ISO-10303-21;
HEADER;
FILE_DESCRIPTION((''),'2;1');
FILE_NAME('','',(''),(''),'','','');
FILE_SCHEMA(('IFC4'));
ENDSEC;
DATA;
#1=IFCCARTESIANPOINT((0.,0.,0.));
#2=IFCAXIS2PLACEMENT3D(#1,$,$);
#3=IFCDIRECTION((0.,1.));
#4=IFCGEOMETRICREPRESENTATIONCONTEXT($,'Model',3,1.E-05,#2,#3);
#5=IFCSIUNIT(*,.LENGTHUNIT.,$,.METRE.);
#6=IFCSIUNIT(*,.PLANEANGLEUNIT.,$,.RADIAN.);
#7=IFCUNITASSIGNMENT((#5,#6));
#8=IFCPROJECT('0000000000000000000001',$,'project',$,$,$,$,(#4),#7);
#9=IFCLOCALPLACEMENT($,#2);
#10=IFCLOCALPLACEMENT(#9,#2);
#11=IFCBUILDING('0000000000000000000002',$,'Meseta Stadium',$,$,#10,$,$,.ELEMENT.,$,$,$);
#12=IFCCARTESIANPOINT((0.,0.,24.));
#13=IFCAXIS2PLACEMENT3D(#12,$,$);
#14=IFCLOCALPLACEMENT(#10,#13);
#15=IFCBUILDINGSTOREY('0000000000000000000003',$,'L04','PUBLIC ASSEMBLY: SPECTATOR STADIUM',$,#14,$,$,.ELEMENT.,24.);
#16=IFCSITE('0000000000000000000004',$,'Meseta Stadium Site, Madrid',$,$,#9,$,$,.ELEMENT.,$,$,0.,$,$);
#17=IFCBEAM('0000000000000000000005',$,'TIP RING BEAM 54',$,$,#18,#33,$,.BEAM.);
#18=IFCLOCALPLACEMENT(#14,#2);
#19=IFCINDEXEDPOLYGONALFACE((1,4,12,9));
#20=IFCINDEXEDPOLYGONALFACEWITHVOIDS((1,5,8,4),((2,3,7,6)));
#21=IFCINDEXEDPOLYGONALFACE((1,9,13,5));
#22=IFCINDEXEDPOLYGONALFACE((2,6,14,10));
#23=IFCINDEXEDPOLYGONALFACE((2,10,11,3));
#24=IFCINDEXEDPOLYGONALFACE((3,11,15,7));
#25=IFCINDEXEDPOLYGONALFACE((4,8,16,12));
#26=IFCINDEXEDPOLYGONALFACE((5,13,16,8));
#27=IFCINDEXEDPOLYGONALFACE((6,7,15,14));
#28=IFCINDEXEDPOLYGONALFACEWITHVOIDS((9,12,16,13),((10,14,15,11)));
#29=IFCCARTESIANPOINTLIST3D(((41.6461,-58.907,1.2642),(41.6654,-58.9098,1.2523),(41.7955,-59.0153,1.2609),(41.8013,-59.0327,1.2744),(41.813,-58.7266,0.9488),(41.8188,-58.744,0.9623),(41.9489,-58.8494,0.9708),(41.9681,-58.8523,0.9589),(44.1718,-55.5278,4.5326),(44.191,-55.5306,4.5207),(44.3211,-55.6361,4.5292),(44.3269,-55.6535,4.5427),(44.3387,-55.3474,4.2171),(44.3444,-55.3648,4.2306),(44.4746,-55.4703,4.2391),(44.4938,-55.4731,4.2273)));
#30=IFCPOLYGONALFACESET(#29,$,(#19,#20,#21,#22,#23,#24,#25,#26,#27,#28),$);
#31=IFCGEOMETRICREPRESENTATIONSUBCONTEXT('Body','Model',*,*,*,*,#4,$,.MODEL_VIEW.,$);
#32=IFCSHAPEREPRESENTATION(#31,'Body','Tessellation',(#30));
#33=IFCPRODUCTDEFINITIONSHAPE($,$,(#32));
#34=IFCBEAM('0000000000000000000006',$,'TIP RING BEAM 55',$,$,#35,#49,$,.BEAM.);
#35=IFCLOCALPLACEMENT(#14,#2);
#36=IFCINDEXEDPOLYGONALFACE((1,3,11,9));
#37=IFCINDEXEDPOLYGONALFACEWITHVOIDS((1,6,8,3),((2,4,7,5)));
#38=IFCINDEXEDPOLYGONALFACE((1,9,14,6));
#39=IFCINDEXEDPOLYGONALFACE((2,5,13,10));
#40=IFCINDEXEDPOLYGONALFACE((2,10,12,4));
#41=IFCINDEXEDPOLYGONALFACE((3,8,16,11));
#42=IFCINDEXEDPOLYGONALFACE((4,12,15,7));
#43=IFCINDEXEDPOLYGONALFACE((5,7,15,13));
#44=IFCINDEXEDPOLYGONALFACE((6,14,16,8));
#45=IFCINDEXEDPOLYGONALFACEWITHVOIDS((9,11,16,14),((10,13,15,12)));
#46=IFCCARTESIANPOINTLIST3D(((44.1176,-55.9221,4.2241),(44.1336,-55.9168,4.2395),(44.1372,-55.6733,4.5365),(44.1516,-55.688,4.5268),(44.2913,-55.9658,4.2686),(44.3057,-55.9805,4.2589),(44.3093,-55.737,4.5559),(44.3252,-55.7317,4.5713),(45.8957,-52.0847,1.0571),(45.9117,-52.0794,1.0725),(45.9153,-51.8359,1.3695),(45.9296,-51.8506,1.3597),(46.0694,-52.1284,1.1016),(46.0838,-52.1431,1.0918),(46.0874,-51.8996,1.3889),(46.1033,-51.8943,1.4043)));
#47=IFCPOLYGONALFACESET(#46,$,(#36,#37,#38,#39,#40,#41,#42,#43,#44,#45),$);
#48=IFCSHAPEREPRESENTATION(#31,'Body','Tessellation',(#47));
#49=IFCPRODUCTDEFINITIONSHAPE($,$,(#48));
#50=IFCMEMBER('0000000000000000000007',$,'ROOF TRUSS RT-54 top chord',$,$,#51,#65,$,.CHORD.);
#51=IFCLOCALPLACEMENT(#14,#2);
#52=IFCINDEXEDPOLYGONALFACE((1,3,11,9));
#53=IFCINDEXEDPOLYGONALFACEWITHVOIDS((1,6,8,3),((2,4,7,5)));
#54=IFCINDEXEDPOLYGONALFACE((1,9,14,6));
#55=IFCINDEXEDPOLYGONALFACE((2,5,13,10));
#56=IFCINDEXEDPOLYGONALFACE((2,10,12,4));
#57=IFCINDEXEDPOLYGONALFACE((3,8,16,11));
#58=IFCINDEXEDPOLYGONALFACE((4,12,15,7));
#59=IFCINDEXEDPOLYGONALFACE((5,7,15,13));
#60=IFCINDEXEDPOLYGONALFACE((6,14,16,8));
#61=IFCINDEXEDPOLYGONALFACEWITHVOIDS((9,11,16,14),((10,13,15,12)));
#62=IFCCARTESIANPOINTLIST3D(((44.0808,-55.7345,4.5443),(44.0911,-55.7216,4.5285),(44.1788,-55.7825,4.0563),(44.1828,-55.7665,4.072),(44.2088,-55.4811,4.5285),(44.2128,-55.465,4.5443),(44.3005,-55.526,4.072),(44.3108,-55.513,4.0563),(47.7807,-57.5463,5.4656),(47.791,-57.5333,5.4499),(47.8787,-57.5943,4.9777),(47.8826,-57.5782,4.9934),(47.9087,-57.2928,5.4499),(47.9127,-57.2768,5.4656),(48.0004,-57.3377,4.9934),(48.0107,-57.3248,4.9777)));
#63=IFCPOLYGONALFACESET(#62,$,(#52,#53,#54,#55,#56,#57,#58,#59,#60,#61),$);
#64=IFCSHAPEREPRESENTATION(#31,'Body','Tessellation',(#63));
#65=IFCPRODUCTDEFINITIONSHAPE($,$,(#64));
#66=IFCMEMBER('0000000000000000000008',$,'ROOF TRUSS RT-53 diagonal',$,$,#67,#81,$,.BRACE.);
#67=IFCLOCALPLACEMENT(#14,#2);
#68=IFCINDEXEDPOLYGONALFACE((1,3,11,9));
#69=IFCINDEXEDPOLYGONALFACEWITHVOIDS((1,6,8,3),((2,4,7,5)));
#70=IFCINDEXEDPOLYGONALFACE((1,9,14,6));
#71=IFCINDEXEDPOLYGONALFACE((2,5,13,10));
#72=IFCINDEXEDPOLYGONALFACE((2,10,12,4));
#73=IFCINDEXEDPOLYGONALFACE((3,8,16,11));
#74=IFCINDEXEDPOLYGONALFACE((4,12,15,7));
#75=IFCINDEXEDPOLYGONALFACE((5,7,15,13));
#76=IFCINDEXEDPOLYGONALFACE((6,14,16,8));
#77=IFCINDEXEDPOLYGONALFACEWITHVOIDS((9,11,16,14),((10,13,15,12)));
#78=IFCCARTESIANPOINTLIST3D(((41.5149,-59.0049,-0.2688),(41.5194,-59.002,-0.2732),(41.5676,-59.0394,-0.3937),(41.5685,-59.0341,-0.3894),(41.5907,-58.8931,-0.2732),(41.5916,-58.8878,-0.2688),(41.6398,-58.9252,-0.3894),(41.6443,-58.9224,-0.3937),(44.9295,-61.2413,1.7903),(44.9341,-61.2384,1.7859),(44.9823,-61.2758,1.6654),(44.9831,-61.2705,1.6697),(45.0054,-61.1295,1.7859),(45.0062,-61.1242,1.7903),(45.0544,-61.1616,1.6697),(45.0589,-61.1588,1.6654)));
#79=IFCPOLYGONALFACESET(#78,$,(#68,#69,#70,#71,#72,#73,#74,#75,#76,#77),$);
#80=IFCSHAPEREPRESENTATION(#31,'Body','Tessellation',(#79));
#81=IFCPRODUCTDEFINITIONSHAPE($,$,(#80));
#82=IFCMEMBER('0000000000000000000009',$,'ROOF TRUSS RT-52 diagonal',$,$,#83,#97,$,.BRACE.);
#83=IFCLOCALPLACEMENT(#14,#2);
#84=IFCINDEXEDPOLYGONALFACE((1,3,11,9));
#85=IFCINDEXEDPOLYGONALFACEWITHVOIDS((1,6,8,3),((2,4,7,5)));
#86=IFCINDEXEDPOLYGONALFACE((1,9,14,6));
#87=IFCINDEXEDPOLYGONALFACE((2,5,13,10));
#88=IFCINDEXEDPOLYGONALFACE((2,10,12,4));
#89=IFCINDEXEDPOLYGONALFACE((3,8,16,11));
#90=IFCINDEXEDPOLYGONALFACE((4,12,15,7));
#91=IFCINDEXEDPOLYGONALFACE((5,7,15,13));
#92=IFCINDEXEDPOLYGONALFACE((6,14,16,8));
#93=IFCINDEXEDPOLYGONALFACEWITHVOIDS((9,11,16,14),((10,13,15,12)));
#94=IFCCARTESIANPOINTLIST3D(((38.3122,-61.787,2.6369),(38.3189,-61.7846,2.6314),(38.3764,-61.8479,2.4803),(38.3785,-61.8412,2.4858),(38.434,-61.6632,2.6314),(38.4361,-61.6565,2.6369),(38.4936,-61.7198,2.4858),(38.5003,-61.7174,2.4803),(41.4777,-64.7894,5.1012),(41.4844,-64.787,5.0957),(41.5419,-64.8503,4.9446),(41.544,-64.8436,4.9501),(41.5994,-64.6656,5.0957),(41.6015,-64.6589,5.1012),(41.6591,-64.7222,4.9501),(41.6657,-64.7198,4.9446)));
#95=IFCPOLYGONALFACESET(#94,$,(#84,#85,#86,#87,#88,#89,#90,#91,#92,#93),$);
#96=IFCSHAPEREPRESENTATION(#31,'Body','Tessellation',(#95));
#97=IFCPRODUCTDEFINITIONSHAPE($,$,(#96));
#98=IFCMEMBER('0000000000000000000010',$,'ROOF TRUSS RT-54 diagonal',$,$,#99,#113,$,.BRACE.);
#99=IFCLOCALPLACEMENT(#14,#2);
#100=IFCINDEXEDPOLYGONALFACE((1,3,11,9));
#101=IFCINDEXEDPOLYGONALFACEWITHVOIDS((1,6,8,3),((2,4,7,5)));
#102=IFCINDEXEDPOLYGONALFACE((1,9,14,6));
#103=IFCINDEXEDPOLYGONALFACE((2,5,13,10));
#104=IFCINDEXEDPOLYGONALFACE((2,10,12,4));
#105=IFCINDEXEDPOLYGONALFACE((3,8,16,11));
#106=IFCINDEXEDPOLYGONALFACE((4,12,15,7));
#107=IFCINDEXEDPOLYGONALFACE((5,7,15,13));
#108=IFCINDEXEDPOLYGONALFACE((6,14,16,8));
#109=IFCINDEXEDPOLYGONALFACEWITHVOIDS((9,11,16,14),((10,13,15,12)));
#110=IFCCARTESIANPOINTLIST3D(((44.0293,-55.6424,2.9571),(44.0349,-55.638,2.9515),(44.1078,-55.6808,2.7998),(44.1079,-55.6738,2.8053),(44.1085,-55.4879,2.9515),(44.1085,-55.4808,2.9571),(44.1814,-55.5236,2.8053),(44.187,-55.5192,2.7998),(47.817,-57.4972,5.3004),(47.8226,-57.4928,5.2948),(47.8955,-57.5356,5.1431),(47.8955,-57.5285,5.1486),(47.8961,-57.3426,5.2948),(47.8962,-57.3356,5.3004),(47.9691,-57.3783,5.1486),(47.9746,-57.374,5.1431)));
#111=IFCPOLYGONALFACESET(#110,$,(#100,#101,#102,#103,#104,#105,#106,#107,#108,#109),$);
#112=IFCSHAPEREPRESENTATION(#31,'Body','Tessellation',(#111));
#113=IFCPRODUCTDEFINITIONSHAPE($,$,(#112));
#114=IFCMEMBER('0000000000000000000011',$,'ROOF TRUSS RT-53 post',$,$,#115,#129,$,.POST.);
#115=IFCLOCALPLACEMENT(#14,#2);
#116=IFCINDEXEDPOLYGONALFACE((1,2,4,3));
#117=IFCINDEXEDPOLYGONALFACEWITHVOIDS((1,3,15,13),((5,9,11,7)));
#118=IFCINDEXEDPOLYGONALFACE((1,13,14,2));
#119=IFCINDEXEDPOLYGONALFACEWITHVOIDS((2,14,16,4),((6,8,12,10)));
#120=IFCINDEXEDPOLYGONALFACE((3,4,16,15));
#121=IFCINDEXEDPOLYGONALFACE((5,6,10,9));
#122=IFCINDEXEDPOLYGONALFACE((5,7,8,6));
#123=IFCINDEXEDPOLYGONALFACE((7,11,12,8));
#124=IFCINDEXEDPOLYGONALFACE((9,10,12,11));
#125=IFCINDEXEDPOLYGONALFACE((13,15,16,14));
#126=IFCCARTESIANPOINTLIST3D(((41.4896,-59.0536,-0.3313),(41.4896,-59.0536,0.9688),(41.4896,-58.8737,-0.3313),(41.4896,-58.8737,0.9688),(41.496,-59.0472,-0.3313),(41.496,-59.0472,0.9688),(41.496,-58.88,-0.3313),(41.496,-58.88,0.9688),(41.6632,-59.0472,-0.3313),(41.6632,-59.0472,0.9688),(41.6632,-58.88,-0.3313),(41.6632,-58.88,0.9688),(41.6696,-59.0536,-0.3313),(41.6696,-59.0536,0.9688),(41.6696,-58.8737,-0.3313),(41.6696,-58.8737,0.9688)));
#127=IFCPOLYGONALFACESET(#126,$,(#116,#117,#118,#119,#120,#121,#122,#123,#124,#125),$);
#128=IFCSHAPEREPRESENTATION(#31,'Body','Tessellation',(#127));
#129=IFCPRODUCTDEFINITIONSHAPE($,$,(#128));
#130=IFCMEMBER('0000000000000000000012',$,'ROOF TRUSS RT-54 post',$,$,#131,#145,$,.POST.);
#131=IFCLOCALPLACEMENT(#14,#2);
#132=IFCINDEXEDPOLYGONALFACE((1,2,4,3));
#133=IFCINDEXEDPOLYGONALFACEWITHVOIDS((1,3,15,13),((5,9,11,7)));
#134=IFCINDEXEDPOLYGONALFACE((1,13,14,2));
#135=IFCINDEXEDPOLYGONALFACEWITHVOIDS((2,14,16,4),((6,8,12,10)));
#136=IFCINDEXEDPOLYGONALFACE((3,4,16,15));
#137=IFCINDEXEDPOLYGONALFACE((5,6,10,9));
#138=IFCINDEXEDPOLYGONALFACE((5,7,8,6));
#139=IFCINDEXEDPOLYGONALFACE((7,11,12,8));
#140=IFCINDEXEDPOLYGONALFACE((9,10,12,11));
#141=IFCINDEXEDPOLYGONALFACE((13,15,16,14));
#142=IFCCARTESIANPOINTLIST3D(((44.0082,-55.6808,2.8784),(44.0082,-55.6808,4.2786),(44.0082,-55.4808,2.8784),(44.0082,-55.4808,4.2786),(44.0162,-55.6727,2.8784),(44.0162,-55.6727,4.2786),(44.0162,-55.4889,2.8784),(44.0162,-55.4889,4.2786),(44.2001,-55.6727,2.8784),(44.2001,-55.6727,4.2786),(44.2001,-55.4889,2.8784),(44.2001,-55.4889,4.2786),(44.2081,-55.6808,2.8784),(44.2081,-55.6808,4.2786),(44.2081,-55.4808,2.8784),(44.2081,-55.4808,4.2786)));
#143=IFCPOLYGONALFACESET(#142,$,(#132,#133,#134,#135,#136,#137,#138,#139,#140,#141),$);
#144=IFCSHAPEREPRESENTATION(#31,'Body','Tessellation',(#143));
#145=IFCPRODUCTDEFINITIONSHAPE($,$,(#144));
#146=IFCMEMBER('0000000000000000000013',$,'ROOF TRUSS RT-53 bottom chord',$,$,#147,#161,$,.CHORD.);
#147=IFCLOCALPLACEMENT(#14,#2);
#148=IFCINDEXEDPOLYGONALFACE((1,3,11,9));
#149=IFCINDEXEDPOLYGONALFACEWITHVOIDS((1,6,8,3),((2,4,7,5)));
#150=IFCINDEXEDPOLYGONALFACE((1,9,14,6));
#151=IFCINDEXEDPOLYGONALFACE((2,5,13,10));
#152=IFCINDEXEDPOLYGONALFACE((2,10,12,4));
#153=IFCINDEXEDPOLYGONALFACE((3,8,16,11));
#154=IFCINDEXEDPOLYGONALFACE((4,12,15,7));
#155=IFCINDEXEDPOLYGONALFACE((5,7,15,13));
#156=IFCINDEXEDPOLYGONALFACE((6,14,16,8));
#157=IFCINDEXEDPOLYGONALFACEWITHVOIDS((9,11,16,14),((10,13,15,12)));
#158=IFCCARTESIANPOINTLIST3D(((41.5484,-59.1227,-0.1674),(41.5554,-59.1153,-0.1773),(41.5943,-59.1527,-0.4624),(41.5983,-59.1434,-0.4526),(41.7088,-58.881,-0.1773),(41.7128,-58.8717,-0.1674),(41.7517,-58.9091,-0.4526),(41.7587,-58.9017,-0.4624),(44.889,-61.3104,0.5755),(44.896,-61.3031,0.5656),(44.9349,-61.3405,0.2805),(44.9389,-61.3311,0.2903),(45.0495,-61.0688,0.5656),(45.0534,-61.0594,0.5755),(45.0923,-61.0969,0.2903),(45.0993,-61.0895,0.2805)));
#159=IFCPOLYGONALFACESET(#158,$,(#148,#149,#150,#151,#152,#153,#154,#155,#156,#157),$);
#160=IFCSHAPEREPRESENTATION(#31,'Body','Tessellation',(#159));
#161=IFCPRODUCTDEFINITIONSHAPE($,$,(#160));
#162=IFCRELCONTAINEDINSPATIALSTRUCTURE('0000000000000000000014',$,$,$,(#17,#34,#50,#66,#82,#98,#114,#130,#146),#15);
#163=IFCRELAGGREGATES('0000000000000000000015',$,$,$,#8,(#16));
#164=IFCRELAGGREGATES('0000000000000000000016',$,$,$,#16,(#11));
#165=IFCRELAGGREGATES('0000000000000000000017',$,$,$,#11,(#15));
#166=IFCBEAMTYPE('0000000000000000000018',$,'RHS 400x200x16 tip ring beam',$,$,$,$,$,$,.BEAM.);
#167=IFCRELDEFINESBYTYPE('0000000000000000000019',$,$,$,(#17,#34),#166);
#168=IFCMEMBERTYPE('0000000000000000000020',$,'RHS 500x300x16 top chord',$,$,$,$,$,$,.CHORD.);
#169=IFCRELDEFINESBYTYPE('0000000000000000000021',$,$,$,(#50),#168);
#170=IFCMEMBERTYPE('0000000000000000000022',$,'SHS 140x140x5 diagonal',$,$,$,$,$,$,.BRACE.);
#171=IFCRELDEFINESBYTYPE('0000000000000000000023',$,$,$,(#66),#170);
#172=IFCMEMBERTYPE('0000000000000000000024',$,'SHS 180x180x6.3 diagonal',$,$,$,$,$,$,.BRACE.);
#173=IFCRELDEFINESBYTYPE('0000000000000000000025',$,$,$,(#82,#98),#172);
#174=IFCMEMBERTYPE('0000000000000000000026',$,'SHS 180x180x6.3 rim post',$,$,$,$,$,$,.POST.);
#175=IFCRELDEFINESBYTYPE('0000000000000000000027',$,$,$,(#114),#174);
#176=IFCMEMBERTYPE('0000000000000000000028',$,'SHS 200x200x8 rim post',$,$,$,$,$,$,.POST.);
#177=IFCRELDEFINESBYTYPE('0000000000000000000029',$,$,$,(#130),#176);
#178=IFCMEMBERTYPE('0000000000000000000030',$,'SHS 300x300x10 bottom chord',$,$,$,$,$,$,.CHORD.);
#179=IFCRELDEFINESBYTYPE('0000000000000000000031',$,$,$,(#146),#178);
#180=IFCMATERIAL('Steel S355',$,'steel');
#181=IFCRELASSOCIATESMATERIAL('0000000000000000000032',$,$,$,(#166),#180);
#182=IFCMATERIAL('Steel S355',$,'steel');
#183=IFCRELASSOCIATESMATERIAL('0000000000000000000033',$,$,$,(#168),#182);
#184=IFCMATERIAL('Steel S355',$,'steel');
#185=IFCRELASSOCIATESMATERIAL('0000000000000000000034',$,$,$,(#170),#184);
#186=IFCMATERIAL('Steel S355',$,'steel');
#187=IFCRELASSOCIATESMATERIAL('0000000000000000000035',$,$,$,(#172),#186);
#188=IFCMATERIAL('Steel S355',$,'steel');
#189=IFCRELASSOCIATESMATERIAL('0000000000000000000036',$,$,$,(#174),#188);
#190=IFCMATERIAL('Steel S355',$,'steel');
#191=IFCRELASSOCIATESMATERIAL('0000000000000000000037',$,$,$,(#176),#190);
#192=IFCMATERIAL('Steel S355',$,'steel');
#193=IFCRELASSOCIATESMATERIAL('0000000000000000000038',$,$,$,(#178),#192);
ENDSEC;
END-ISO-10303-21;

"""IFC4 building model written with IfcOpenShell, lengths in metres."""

from ifc_helpers import new_model, si_unit, direction, frame, origin, origin_2d, place, context, subcontext, project, spatial, hollow_rectangle, extrude, material, material_profile, profile_set, type_object, element, save


model = new_model("IFC4")

# Units and contexts
model_context = context("Model", 3, precision=1e-05, world=origin(), true_north=direction((0.0, 1.0)))
body_context = subcontext(model_context, "Body", "Model", "MODEL_VIEW")
ifc_project = project(units=[si_unit("LENGTHUNIT", "METRE"), si_unit("PLANEANGLEUNIT", "RADIAN")], contexts=[model_context])

# Site, building, storey
site_placement = place(None, origin())
site = spatial("IfcSite", under=ifc_project, at=site_placement, Name="Meseta Stadium Site, Madrid", CompositionType="ELEMENT", RefElevation=0.0)
building_placement = place(site_placement, origin())
building = spatial("IfcBuilding", under=site, at=building_placement, Name="Meseta Stadium", CompositionType="ELEMENT")
storey_placement = place(building_placement, frame((0.0, 0.0, 24.0)))
storey = spatial("IfcBuildingStorey", under=building, at=storey_placement, Name="L04", Description="PUBLIC ASSEMBLY: SPECTATOR STADIUM", CompositionType="ELEMENT", Elevation=24.0)

# Beams
ifc_material_1 = material(Name="Steel S355", Category="steel")
ifc_material_profile_1 = material_profile(ifc_material_1, hollow_rectangle(XDim=0.2, YDim=0.3999, WallThickness=0.0161, at=origin_2d()), Name="RHS 400x200x16")
ifc_profile_set_1 = profile_set([ifc_material_profile_1], Name="Steel S355")
beam_type = type_object("IfcBeamType", Name="RHS 400x200x16 tip ring beam", PredefinedType="BEAM", material=ifc_profile_set_1)
beam_1_placement = place(storey_placement, frame((41.8071, -58.8796, 1.1116), z_axis=(0.473266, 0.633202, 0.612433), x_axis=(-0.775816, 0.628918, -0.050723)))
element("IfcBeam", 1, at=beam_1_placement, inside=storey, type_object=beam_type, Name="TIP RING BEAM 54", PredefinedType="BEAM", context=body_context, shape_type="SweptSolid", body=[
    extrude(hollow_rectangle(XDim=0.2, YDim=0.3999, WallThickness=0.0161, at=origin_2d()), origin(), (0.0, 0.0, 1.0), 5.3367),
])
beam_2_placement = place(storey_placement, frame((44.2214, -55.8269, 4.3977), z_axis=(0.336524, 0.726277, -0.599394), x_axis=(-0.940406, 0.292227, -0.173894)))
element("IfcBeam", 2, at=beam_2_placement, inside=storey, type_object=beam_type, Name="TIP RING BEAM 55", PredefinedType="BEAM", context=body_context, shape_type="SweptSolid", body=[
    extrude(hollow_rectangle(XDim=0.2, YDim=0.3999, WallThickness=0.0161, at=origin_2d()), origin(), (0.0, 0.0, 1.0), 5.2837),
])

# Members
ifc_material_2 = material(Name="Steel S355", Category="steel")
ifc_material_profile_2 = material_profile(ifc_material_2, hollow_rectangle(XDim=0.3, YDim=0.5, WallThickness=0.0161, at=origin_2d()), Name="RHS 500x300x16")
ifc_profile_set_2 = profile_set([ifc_material_profile_2], Name="Steel S355")
member_type_1 = type_object("IfcMemberType", Name="RHS 500x300x16 top chord", PredefinedType="CHORD", material=ifc_profile_set_2)
member_1_placement = place(storey_placement, frame((44.1958, -55.6238, 4.3003), z_axis=(0.876453, -0.429176, 0.21826), x_axis=(0.439779, 0.898106, 0.0)))
element("IfcMember", 3, at=member_1_placement, inside=storey, type_object=member_type_1, Name="ROOF TRUSS RT-54 top chord", PredefinedType="CHORD", context=body_context, shape_type="SweptSolid", body=[
    extrude(hollow_rectangle(XDim=0.3, YDim=0.5, WallThickness=0.0161, at=origin_2d()), origin(), (0.0, 0.0, 1.0), 4.2214),
])
ifc_material_3 = material(Name="Steel S355", Category="steel")
ifc_material_profile_3 = material_profile(ifc_material_3, hollow_rectangle(XDim=0.1399, YDim=0.1399, WallThickness=0.0049, at=origin_2d()), Name="SHS 140x140x5")
ifc_profile_set_3 = profile_set([ifc_material_profile_3], Name="Steel S355")
member_type_2 = type_object("IfcMemberType", Name="SHS 140x140x5 diagonal", PredefinedType="BRACE", material=ifc_profile_set_3)
member_2_placement = place(storey_placement, frame((41.5796, -58.9636, -0.3313), z_axis=(0.746894, -0.489171, 0.450401), x_axis=(0.547891, 0.83655, 0.0)))
element("IfcMember", 4, at=member_2_placement, inside=storey, type_object=member_type_2, Name="ROOF TRUSS RT-53 diagonal", PredefinedType="BRACE", context=body_context, shape_type="SweptSolid", body=[
    extrude(hollow_rectangle(XDim=0.1399, YDim=0.1399, WallThickness=0.0049, at=origin_2d()), origin(), (0.0, 0.0, 1.0), 4.5718),
])
ifc_material_4 = material(Name="Steel S355", Category="steel")
ifc_material_profile_4 = material_profile(ifc_material_4, hollow_rectangle(XDim=0.1799, YDim=0.1799, WallThickness=0.0063, at=origin_2d()), Name="SHS 180x180x6.3")
ifc_profile_set_4 = profile_set([ifc_material_profile_4], Name="Steel S355")
member_type_3 = type_object("IfcMemberType", Name="SHS 180x180x6.3 diagonal", PredefinedType="BRACE", material=ifc_profile_set_4)
member_3_placement = place(storey_placement, frame((38.4062, -61.7522, 2.5586), z_axis=(0.631739, -0.599192, 0.491807), x_axis=(0.68817, 0.72555, 0.0)))
element("IfcMember", 5, at=member_3_placement, inside=storey, type_object=member_type_3, Name="ROOF TRUSS RT-52 diagonal", PredefinedType="BRACE", context=body_context, shape_type="SweptSolid", body=[
    extrude(hollow_rectangle(XDim=0.1799, YDim=0.1799, WallThickness=0.0063, at=origin_2d()), origin(), (0.0, 0.0, 1.0), 5.0107),
])
member_4_placement = place(storey_placement, frame((44.1082, -55.5808, 2.8784), z_axis=(0.785059, -0.384433, 0.48569), x_axis=(0.439788, 0.898101, 0.0)))
element("IfcMember", 6, at=member_4_placement, inside=storey, type_object=member_type_3, Name="ROOF TRUSS RT-54 diagonal", PredefinedType="BRACE", context=body_context, shape_type="SweptSolid", body=[
    extrude(hollow_rectangle(XDim=0.1799, YDim=0.1799, WallThickness=0.0063, at=origin_2d()), origin(), (0.0, 0.0, 1.0), 4.8247),
])
ifc_material_5 = material(Name="Steel S355", Category="steel")
ifc_material_profile_5 = material_profile(ifc_material_5, hollow_rectangle(XDim=0.1799, YDim=0.1799, WallThickness=0.0063, at=origin_2d()), Name="SHS 180x180x6.3")
ifc_profile_set_5 = profile_set([ifc_material_profile_5], Name="Steel S355")
member_type_4 = type_object("IfcMemberType", Name="SHS 180x180x6.3 rim post", PredefinedType="POST", material=ifc_profile_set_5)
member_5_placement = place(storey_placement, frame((41.5796, -58.9636, -0.3313), z_axis=(0.0, 0.0, 1.0), x_axis=(1.0, 0.0, 0.0)))
element("IfcMember", 7, at=member_5_placement, inside=storey, type_object=member_type_4, Name="ROOF TRUSS RT-53 post", PredefinedType="POST", context=body_context, shape_type="SweptSolid", body=[
    extrude(hollow_rectangle(XDim=0.1799, YDim=0.1799, WallThickness=0.0063, at=origin_2d()), origin(), (0.0, 0.0, 1.0), 1.3),
])
ifc_material_6 = material(Name="Steel S355", Category="steel")
ifc_material_profile_6 = material_profile(ifc_material_6, hollow_rectangle(XDim=0.2, YDim=0.2, WallThickness=0.0081, at=origin_2d()), Name="SHS 200x200x8")
ifc_profile_set_6 = profile_set([ifc_material_profile_6], Name="Steel S355")
member_type_5 = type_object("IfcMemberType", Name="SHS 200x200x8 rim post", PredefinedType="POST", material=ifc_profile_set_6)
member_6_placement = place(storey_placement, frame((44.1082, -55.5808, 2.8784), z_axis=(0.0, 0.0, 1.0), x_axis=(1.0, 0.0, 0.0)))
element("IfcMember", 8, at=member_6_placement, inside=storey, type_object=member_type_5, Name="ROOF TRUSS RT-54 post", PredefinedType="POST", context=body_context, shape_type="SweptSolid", body=[
    extrude(hollow_rectangle(XDim=0.2, YDim=0.2, WallThickness=0.0081, at=origin_2d()), origin(), (0.0, 0.0, 1.0), 1.4001),
])
ifc_material_7 = material(Name="Steel S355", Category="steel")
ifc_material_profile_7 = material_profile(ifc_material_7, hollow_rectangle(XDim=0.3, YDim=0.3, WallThickness=0.01, at=origin_2d()), Name="SHS 300x300x10")
ifc_profile_set_7 = profile_set([ifc_material_profile_7], Name="Steel S355")
member_type_6 = type_object("IfcMemberType", Name="SHS 300x300x10 bottom chord", PredefinedType="CHORD", material=ifc_profile_set_7)
member_7_placement = place(storey_placement, frame((41.6536, -59.0122, -0.3149), z_axis=(0.822453, -0.538624, 0.182908), x_axis=(0.547867, 0.836565, 0.0)))
element("IfcMember", 9, at=member_7_placement, inside=storey, type_object=member_type_6, Name="ROOF TRUSS RT-53 bottom chord", PredefinedType="CHORD", context=body_context, shape_type="SweptSolid", body=[
    extrude(hollow_rectangle(XDim=0.3, YDim=0.3, WallThickness=0.01, at=origin_2d()), origin(), (0.0, 0.0, 1.0), 4.0618),
])

save(model, "model.ifc")
